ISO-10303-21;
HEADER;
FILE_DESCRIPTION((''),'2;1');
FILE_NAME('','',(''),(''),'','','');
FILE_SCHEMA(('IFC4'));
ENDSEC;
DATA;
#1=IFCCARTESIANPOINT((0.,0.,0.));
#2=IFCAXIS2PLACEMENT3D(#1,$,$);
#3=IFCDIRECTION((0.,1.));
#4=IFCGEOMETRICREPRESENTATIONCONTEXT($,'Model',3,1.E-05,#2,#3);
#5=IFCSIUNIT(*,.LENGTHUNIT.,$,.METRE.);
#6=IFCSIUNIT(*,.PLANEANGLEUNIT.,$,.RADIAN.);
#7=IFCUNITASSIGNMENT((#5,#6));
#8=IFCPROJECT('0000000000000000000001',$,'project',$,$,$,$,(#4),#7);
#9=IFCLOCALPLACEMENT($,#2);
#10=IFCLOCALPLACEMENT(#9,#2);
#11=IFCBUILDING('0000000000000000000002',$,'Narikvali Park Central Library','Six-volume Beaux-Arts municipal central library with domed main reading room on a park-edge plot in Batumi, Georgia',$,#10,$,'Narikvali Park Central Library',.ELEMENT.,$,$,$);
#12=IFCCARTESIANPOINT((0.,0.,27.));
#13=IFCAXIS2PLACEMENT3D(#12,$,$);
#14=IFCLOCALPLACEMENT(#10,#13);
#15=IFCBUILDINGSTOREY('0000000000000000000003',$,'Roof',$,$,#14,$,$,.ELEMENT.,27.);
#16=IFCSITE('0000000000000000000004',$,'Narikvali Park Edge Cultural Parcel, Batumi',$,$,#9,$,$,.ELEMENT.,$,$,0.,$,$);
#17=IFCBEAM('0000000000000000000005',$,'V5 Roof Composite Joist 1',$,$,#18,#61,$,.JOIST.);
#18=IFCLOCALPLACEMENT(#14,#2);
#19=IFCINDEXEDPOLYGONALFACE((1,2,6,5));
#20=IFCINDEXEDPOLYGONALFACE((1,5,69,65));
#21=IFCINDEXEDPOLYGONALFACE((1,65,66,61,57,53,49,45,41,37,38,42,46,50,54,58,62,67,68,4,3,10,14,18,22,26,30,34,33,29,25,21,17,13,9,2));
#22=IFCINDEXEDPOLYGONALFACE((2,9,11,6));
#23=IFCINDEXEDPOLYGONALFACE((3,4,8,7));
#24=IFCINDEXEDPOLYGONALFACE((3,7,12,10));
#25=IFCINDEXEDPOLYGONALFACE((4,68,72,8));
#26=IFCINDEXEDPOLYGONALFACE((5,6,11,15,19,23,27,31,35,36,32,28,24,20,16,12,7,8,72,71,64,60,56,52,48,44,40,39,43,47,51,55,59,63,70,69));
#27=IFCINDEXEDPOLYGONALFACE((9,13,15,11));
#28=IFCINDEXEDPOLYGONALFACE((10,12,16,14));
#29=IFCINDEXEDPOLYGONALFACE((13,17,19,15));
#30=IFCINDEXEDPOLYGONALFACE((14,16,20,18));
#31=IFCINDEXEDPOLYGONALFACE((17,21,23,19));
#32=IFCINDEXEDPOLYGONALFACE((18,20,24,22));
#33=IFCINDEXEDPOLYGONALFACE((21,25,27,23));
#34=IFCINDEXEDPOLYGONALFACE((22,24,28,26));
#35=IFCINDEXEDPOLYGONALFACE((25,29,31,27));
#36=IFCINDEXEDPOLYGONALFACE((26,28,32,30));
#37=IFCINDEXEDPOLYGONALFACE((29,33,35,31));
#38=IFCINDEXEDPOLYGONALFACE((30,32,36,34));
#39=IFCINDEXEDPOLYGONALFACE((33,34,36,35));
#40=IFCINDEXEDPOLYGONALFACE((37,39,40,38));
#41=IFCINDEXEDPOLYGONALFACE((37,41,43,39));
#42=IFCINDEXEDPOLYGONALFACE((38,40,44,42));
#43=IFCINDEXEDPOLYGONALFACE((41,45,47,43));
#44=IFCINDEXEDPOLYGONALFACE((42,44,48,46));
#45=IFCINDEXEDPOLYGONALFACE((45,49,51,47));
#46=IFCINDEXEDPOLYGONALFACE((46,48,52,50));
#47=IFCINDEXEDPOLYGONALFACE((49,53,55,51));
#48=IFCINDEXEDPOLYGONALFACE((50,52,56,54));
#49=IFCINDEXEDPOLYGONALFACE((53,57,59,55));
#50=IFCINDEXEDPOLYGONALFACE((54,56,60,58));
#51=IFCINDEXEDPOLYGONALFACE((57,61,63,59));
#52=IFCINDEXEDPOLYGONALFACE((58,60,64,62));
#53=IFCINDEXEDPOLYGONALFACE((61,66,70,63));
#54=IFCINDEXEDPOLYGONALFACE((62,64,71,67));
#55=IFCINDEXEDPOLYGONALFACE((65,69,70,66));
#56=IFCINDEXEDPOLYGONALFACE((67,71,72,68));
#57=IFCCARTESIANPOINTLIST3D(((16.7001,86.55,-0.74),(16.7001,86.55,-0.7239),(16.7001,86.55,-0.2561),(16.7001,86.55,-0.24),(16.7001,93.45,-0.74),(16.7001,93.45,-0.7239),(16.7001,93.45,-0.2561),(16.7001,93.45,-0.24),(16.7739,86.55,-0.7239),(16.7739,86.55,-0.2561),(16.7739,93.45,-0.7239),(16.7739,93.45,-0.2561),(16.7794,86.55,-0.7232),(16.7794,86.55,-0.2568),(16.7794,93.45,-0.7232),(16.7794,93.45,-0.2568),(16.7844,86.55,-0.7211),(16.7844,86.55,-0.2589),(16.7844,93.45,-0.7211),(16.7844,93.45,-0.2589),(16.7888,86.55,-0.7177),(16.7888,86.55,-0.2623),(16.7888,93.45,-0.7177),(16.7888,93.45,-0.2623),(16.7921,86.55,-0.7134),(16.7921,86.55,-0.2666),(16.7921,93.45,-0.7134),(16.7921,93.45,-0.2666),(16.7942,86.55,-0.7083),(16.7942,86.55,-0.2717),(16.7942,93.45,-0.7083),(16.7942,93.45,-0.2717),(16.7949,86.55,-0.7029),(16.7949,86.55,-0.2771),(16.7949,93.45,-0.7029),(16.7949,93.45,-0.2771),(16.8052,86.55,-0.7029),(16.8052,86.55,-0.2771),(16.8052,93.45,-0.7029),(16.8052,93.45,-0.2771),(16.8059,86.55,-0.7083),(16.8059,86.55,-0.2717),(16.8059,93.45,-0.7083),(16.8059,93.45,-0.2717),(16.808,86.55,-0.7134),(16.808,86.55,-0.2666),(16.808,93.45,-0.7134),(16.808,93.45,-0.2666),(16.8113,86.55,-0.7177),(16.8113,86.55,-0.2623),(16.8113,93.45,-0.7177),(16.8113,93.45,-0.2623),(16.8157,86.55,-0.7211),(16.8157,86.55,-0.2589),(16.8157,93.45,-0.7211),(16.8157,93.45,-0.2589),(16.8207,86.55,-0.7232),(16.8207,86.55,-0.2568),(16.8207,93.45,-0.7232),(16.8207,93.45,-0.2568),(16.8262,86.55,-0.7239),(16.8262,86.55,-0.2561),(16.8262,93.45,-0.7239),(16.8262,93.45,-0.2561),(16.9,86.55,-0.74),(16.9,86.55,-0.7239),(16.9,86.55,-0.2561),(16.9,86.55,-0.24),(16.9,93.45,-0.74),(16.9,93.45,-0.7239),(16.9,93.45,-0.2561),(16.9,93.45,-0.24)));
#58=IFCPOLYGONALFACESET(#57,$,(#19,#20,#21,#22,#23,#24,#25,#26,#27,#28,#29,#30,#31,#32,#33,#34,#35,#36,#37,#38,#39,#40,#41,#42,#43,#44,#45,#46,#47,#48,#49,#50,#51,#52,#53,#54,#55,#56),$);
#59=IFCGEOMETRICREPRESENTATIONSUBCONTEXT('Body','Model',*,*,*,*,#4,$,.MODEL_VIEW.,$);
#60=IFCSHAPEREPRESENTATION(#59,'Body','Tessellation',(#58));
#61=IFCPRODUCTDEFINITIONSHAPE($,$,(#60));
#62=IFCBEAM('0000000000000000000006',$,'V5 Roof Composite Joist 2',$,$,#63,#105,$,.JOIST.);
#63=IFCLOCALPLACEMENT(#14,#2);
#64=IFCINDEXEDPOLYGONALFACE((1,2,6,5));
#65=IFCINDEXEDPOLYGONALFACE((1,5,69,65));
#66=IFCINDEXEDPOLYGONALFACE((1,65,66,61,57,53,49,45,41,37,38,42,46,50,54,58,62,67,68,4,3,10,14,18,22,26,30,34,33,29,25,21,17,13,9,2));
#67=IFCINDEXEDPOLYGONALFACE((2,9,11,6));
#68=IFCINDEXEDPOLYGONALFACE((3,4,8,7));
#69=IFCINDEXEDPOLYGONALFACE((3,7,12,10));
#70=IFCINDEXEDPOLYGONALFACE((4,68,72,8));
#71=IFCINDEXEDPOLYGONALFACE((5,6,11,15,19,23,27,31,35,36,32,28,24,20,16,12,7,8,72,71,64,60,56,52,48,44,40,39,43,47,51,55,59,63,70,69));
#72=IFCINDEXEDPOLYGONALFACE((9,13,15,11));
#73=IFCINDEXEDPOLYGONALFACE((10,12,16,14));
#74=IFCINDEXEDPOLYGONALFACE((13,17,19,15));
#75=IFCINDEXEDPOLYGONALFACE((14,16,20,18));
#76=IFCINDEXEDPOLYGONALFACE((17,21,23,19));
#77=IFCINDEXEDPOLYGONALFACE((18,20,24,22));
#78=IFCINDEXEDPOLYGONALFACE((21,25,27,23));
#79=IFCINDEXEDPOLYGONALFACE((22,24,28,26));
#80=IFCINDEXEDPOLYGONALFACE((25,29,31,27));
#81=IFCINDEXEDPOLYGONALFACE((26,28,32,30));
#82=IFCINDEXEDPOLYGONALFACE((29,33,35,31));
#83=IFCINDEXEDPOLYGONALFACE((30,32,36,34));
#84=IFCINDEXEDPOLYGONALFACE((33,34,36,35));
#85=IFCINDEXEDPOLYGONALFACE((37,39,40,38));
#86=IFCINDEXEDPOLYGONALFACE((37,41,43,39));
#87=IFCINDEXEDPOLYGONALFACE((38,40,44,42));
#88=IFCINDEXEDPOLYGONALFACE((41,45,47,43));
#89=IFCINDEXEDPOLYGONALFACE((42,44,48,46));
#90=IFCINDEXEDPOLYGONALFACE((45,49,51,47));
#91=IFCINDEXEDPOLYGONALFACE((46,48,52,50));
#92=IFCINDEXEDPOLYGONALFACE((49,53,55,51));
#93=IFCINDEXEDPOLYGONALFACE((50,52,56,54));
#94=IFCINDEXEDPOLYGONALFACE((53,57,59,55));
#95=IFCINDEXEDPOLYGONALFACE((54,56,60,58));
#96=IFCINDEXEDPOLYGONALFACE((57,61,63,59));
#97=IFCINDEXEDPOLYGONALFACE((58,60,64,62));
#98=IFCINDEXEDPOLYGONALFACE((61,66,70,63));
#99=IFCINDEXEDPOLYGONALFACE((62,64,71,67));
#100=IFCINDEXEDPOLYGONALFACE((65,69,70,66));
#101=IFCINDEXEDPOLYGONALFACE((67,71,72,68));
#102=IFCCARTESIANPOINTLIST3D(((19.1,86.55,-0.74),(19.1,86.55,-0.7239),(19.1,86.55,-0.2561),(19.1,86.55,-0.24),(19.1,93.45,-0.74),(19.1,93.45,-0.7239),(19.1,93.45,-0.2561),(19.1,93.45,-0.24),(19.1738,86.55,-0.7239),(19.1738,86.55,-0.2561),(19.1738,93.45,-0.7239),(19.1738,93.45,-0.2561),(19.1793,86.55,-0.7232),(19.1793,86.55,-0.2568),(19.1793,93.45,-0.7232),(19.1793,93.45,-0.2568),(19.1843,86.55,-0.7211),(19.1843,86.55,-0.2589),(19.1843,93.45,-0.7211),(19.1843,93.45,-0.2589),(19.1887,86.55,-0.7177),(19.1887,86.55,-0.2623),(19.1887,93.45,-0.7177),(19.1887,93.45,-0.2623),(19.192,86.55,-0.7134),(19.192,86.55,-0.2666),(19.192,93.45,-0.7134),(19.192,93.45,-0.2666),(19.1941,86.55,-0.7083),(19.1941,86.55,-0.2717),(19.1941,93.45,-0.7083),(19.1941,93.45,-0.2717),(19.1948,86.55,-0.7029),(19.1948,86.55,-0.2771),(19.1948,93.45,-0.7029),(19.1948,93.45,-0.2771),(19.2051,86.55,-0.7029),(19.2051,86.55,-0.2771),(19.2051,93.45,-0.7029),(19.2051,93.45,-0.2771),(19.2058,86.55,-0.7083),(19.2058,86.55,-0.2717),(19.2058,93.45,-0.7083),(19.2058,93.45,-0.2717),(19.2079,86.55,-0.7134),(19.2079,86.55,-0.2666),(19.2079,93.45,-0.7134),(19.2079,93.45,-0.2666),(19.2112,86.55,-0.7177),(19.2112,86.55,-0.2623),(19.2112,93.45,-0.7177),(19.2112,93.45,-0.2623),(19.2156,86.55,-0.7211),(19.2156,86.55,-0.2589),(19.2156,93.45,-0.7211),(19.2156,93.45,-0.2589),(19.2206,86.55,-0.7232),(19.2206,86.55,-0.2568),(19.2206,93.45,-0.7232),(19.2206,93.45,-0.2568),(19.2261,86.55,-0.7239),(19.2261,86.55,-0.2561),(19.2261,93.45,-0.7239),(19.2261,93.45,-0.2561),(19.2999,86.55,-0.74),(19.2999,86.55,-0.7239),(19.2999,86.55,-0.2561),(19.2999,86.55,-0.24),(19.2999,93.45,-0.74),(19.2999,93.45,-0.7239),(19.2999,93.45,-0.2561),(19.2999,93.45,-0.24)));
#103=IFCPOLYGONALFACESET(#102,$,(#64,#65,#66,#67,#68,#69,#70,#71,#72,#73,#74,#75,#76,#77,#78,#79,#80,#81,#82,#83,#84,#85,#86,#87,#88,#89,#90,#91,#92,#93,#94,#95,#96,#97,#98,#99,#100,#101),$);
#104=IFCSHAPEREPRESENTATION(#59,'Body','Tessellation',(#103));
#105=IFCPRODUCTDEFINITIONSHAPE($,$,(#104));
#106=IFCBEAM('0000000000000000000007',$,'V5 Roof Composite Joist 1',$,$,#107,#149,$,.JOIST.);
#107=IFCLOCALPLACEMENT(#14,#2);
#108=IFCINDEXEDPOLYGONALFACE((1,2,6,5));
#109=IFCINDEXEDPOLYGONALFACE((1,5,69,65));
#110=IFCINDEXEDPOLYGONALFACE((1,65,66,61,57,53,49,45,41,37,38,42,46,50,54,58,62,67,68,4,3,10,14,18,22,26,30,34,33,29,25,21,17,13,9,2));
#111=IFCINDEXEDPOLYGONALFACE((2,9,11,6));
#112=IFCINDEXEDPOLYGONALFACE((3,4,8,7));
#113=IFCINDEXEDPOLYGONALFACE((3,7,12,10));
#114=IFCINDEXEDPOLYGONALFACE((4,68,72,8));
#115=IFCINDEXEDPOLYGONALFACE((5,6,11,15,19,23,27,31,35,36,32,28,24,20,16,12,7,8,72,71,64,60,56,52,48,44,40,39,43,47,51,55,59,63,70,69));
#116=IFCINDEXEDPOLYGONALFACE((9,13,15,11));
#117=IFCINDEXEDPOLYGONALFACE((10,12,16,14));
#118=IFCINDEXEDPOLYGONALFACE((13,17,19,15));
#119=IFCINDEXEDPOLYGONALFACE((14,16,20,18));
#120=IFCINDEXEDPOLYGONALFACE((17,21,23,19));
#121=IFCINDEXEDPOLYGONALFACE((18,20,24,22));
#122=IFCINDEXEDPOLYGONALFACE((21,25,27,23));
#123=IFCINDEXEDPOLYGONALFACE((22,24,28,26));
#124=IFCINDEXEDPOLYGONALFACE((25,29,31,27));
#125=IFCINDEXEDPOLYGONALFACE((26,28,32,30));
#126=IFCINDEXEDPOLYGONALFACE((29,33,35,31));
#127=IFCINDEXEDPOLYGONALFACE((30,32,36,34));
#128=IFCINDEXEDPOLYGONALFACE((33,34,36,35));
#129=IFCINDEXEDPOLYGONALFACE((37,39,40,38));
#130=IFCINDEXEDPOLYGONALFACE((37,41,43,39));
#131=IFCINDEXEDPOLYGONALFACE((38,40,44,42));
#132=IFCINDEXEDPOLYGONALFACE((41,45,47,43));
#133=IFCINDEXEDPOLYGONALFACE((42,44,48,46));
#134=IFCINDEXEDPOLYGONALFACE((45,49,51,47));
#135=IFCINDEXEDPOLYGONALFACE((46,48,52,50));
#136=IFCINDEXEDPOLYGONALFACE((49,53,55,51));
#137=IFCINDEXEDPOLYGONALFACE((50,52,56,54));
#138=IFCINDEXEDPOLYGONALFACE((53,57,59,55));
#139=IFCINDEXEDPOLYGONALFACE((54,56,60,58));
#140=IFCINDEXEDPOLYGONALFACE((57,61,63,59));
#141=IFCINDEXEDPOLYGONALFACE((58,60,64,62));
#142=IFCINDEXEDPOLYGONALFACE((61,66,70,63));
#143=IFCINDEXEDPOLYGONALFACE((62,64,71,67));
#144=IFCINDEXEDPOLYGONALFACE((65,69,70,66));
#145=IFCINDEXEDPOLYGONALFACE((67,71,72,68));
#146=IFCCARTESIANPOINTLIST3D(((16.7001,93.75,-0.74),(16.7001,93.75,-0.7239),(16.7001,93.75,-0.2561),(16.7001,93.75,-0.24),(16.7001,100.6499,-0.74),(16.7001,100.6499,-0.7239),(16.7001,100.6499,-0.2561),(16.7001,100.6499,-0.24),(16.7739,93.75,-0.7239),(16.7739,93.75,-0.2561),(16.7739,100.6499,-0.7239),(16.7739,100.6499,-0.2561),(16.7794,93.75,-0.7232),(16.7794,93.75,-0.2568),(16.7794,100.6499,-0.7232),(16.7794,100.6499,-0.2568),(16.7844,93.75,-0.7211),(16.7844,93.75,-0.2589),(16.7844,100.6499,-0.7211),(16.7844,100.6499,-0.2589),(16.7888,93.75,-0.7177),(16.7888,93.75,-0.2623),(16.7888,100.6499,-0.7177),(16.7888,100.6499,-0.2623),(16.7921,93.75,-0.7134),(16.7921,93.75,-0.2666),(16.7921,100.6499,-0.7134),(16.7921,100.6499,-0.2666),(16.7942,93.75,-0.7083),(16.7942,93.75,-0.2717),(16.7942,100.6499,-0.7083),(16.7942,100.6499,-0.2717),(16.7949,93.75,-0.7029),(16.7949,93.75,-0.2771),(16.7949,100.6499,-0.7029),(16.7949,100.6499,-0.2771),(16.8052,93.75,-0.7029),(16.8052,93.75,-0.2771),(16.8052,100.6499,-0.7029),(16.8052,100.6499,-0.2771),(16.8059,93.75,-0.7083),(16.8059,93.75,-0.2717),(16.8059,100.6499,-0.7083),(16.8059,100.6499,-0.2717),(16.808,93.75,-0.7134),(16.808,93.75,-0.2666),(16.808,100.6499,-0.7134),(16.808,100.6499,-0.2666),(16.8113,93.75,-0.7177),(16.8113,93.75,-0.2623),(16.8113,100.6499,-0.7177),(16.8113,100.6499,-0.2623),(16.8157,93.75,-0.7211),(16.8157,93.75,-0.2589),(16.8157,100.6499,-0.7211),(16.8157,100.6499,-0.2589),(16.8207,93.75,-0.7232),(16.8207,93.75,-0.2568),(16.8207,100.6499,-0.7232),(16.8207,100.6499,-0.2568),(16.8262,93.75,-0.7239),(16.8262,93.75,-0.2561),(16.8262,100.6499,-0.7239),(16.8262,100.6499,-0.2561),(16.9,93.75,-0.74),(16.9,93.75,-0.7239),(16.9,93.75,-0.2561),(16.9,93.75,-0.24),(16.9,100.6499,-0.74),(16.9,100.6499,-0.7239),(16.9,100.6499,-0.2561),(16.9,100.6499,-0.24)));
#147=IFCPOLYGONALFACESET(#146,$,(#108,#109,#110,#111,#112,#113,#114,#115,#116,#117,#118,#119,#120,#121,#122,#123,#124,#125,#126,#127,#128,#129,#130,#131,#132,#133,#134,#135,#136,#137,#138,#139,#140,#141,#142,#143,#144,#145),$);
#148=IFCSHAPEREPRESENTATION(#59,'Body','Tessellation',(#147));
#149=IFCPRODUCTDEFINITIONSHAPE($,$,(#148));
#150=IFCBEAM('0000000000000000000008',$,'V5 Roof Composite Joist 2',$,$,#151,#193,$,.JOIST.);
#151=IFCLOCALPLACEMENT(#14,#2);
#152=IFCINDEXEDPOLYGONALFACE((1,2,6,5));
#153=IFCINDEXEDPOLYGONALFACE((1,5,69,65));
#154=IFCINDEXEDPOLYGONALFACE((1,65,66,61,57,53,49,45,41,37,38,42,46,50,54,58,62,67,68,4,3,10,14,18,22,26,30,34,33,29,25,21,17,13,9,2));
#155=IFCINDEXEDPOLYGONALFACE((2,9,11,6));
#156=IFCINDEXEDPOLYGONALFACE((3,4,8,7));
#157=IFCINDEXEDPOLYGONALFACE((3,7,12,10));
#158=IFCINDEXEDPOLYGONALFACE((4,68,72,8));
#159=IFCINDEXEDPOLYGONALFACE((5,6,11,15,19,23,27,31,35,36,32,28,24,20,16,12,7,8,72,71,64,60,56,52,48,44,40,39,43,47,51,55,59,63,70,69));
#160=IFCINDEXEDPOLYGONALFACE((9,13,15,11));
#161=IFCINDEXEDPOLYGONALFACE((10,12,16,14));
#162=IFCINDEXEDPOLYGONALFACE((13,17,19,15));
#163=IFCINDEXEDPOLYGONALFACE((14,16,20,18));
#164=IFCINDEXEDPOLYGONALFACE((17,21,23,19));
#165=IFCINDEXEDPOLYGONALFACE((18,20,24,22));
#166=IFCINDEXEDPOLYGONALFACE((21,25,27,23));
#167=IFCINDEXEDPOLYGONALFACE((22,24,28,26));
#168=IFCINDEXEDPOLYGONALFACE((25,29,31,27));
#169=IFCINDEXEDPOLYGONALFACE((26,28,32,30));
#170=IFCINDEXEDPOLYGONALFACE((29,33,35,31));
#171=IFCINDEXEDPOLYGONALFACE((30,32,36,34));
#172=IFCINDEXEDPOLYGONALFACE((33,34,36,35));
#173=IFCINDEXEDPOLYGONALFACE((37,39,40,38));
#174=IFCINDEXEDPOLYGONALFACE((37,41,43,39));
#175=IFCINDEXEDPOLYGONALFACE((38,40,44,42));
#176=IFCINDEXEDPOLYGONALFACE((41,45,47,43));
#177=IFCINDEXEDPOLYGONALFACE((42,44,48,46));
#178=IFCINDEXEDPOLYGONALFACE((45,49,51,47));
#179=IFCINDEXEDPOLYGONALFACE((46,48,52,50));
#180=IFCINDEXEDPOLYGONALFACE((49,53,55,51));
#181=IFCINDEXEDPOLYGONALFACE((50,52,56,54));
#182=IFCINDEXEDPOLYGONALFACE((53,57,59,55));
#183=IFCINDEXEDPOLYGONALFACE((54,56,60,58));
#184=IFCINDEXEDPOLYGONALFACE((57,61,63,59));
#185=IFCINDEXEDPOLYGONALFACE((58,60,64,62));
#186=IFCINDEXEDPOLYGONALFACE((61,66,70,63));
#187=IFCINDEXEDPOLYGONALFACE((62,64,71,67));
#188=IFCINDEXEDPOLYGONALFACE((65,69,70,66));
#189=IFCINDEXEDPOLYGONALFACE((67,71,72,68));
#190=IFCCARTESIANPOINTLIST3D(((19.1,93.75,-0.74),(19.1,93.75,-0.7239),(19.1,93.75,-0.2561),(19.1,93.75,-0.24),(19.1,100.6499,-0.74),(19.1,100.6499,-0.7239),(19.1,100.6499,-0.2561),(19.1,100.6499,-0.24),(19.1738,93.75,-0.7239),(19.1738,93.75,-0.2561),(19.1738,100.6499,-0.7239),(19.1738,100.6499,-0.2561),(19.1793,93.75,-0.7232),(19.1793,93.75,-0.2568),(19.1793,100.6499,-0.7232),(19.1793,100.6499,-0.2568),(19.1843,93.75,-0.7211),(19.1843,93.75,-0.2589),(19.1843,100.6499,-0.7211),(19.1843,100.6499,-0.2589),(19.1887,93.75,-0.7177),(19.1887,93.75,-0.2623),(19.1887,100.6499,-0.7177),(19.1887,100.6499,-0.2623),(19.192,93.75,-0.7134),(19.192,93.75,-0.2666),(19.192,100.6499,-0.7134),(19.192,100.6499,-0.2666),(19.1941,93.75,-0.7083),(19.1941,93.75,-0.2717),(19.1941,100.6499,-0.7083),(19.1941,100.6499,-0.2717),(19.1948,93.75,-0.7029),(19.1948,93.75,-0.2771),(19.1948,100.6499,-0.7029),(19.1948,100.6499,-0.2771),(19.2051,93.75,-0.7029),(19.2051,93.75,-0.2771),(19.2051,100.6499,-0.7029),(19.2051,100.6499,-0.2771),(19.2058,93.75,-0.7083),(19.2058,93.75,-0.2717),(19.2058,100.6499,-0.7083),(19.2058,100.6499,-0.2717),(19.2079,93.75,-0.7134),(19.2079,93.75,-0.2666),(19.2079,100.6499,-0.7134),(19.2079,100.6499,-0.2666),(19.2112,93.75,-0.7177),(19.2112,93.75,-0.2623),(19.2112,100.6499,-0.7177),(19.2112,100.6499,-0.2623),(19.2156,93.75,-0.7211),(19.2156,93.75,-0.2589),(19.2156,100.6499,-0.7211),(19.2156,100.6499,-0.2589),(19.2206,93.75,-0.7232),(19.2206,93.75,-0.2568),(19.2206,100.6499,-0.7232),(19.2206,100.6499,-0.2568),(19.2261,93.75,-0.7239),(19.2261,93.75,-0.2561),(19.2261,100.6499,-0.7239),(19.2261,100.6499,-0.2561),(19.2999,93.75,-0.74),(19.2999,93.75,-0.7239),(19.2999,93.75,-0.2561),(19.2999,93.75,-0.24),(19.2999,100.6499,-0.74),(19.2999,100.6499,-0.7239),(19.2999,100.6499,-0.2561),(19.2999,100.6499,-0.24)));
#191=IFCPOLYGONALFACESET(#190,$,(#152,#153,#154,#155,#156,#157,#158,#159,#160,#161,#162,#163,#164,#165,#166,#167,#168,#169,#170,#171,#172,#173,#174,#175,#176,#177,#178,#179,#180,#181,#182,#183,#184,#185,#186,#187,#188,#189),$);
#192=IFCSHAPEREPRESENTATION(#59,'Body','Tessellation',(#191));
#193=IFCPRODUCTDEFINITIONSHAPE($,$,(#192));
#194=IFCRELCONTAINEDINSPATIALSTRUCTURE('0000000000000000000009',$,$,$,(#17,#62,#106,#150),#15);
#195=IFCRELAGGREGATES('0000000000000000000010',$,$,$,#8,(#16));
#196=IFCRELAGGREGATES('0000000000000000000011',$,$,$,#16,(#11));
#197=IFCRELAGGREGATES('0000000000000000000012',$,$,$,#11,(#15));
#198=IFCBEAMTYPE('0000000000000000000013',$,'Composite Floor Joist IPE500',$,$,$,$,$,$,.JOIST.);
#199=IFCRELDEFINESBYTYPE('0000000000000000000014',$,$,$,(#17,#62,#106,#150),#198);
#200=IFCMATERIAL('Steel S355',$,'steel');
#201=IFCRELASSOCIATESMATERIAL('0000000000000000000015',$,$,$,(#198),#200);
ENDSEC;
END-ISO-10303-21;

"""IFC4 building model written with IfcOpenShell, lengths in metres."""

from ifc_helpers import new_model, si_unit, direction, frame, origin, origin_2d, place, context, subcontext, project, spatial, i_section, extrude, material, material_profile, profile_set, type_object, element, save


model = new_model("IFC4")

# Units and contexts
model_context = context("Model", 3, precision=1e-05, world=origin(), true_north=direction((0.0, 1.0)))
body_context = subcontext(model_context, "Body", "Model", "MODEL_VIEW")
ifc_project = project(units=[si_unit("LENGTHUNIT", "METRE"), si_unit("PLANEANGLEUNIT", "RADIAN")], contexts=[model_context])

# Site, building, storey
site_placement = place(None, origin())
site = spatial("IfcSite", under=ifc_project, at=site_placement, Name="Narikvali Park Edge Cultural Parcel, Batumi", CompositionType="ELEMENT", RefElevation=0.0)
building_placement = place(site_placement, origin())
building = spatial("IfcBuilding", under=site, at=building_placement, Name="Narikvali Park Central Library", Description="Six-volume Beaux-Arts municipal central library with domed main reading room on a park-edge plot in Batumi, Georgia", LongName="Narikvali Park Central Library", CompositionType="ELEMENT")
storey_placement = place(building_placement, frame((0.0, 0.0, 27.0)))
storey = spatial("IfcBuildingStorey", under=building, at=storey_placement, Name="Roof", CompositionType="ELEMENT", Elevation=27.0)

# Beams
ifc_material = material(Name="Steel S355", Category="steel")
ifc_material_profile_1 = material_profile(ifc_material, i_section(OverallWidth=0.2, OverallDepth=0.5, WebThickness=0.0103, FlangeThickness=0.0161, FilletRadius=0.021, at=origin_2d()), Name="IPE 500")
ifc_profile_set_1 = profile_set([ifc_material_profile_1], Name="Steel S355")
beam_type_1 = type_object("IfcBeamType", Name="Composite Floor Joist IPE500", PredefinedType="JOIST", material=ifc_profile_set_1)
for number, where, z_axis, x_axis, name in (
    (1, (16.8, 86.55, -0.49), (0.0, 1.0, 0.0), (-1.0, 0.0, 0.0), "V5 Roof Composite Joist 1"),
    (2, (19.2, 86.55, -0.49), (0.0, 1.0, 0.0), (-1.0, 0.0, 0.0), "V5 Roof Composite Joist 2"),
    (3, (16.8, 93.75, -0.49), (0.0, 1.0, 0.0), (-1.0, 0.0, 0.0), "V5 Roof Composite Joist 1"),
    (4, (19.2, 93.75, -0.49), (0.0, 1.0, 0.0), (-1.0, 0.0, 0.0), "V5 Roof Composite Joist 2"),
):
    element("IfcBeam", number, at=place(storey_placement, frame(where, z_axis=z_axis, x_axis=x_axis)), inside=storey, type_object=beam_type_1, Name=name, PredefinedType="JOIST", context=body_context, shape_type="SweptSolid", body=[
        extrude(i_section(OverallWidth=0.2, OverallDepth=0.5, WebThickness=0.0103, FlangeThickness=0.0161, FilletRadius=0.021, at=origin_2d()), origin(), (0.0, 0.0, 1.0), 6.8999),
    ])

save(model, "model.ifc")
